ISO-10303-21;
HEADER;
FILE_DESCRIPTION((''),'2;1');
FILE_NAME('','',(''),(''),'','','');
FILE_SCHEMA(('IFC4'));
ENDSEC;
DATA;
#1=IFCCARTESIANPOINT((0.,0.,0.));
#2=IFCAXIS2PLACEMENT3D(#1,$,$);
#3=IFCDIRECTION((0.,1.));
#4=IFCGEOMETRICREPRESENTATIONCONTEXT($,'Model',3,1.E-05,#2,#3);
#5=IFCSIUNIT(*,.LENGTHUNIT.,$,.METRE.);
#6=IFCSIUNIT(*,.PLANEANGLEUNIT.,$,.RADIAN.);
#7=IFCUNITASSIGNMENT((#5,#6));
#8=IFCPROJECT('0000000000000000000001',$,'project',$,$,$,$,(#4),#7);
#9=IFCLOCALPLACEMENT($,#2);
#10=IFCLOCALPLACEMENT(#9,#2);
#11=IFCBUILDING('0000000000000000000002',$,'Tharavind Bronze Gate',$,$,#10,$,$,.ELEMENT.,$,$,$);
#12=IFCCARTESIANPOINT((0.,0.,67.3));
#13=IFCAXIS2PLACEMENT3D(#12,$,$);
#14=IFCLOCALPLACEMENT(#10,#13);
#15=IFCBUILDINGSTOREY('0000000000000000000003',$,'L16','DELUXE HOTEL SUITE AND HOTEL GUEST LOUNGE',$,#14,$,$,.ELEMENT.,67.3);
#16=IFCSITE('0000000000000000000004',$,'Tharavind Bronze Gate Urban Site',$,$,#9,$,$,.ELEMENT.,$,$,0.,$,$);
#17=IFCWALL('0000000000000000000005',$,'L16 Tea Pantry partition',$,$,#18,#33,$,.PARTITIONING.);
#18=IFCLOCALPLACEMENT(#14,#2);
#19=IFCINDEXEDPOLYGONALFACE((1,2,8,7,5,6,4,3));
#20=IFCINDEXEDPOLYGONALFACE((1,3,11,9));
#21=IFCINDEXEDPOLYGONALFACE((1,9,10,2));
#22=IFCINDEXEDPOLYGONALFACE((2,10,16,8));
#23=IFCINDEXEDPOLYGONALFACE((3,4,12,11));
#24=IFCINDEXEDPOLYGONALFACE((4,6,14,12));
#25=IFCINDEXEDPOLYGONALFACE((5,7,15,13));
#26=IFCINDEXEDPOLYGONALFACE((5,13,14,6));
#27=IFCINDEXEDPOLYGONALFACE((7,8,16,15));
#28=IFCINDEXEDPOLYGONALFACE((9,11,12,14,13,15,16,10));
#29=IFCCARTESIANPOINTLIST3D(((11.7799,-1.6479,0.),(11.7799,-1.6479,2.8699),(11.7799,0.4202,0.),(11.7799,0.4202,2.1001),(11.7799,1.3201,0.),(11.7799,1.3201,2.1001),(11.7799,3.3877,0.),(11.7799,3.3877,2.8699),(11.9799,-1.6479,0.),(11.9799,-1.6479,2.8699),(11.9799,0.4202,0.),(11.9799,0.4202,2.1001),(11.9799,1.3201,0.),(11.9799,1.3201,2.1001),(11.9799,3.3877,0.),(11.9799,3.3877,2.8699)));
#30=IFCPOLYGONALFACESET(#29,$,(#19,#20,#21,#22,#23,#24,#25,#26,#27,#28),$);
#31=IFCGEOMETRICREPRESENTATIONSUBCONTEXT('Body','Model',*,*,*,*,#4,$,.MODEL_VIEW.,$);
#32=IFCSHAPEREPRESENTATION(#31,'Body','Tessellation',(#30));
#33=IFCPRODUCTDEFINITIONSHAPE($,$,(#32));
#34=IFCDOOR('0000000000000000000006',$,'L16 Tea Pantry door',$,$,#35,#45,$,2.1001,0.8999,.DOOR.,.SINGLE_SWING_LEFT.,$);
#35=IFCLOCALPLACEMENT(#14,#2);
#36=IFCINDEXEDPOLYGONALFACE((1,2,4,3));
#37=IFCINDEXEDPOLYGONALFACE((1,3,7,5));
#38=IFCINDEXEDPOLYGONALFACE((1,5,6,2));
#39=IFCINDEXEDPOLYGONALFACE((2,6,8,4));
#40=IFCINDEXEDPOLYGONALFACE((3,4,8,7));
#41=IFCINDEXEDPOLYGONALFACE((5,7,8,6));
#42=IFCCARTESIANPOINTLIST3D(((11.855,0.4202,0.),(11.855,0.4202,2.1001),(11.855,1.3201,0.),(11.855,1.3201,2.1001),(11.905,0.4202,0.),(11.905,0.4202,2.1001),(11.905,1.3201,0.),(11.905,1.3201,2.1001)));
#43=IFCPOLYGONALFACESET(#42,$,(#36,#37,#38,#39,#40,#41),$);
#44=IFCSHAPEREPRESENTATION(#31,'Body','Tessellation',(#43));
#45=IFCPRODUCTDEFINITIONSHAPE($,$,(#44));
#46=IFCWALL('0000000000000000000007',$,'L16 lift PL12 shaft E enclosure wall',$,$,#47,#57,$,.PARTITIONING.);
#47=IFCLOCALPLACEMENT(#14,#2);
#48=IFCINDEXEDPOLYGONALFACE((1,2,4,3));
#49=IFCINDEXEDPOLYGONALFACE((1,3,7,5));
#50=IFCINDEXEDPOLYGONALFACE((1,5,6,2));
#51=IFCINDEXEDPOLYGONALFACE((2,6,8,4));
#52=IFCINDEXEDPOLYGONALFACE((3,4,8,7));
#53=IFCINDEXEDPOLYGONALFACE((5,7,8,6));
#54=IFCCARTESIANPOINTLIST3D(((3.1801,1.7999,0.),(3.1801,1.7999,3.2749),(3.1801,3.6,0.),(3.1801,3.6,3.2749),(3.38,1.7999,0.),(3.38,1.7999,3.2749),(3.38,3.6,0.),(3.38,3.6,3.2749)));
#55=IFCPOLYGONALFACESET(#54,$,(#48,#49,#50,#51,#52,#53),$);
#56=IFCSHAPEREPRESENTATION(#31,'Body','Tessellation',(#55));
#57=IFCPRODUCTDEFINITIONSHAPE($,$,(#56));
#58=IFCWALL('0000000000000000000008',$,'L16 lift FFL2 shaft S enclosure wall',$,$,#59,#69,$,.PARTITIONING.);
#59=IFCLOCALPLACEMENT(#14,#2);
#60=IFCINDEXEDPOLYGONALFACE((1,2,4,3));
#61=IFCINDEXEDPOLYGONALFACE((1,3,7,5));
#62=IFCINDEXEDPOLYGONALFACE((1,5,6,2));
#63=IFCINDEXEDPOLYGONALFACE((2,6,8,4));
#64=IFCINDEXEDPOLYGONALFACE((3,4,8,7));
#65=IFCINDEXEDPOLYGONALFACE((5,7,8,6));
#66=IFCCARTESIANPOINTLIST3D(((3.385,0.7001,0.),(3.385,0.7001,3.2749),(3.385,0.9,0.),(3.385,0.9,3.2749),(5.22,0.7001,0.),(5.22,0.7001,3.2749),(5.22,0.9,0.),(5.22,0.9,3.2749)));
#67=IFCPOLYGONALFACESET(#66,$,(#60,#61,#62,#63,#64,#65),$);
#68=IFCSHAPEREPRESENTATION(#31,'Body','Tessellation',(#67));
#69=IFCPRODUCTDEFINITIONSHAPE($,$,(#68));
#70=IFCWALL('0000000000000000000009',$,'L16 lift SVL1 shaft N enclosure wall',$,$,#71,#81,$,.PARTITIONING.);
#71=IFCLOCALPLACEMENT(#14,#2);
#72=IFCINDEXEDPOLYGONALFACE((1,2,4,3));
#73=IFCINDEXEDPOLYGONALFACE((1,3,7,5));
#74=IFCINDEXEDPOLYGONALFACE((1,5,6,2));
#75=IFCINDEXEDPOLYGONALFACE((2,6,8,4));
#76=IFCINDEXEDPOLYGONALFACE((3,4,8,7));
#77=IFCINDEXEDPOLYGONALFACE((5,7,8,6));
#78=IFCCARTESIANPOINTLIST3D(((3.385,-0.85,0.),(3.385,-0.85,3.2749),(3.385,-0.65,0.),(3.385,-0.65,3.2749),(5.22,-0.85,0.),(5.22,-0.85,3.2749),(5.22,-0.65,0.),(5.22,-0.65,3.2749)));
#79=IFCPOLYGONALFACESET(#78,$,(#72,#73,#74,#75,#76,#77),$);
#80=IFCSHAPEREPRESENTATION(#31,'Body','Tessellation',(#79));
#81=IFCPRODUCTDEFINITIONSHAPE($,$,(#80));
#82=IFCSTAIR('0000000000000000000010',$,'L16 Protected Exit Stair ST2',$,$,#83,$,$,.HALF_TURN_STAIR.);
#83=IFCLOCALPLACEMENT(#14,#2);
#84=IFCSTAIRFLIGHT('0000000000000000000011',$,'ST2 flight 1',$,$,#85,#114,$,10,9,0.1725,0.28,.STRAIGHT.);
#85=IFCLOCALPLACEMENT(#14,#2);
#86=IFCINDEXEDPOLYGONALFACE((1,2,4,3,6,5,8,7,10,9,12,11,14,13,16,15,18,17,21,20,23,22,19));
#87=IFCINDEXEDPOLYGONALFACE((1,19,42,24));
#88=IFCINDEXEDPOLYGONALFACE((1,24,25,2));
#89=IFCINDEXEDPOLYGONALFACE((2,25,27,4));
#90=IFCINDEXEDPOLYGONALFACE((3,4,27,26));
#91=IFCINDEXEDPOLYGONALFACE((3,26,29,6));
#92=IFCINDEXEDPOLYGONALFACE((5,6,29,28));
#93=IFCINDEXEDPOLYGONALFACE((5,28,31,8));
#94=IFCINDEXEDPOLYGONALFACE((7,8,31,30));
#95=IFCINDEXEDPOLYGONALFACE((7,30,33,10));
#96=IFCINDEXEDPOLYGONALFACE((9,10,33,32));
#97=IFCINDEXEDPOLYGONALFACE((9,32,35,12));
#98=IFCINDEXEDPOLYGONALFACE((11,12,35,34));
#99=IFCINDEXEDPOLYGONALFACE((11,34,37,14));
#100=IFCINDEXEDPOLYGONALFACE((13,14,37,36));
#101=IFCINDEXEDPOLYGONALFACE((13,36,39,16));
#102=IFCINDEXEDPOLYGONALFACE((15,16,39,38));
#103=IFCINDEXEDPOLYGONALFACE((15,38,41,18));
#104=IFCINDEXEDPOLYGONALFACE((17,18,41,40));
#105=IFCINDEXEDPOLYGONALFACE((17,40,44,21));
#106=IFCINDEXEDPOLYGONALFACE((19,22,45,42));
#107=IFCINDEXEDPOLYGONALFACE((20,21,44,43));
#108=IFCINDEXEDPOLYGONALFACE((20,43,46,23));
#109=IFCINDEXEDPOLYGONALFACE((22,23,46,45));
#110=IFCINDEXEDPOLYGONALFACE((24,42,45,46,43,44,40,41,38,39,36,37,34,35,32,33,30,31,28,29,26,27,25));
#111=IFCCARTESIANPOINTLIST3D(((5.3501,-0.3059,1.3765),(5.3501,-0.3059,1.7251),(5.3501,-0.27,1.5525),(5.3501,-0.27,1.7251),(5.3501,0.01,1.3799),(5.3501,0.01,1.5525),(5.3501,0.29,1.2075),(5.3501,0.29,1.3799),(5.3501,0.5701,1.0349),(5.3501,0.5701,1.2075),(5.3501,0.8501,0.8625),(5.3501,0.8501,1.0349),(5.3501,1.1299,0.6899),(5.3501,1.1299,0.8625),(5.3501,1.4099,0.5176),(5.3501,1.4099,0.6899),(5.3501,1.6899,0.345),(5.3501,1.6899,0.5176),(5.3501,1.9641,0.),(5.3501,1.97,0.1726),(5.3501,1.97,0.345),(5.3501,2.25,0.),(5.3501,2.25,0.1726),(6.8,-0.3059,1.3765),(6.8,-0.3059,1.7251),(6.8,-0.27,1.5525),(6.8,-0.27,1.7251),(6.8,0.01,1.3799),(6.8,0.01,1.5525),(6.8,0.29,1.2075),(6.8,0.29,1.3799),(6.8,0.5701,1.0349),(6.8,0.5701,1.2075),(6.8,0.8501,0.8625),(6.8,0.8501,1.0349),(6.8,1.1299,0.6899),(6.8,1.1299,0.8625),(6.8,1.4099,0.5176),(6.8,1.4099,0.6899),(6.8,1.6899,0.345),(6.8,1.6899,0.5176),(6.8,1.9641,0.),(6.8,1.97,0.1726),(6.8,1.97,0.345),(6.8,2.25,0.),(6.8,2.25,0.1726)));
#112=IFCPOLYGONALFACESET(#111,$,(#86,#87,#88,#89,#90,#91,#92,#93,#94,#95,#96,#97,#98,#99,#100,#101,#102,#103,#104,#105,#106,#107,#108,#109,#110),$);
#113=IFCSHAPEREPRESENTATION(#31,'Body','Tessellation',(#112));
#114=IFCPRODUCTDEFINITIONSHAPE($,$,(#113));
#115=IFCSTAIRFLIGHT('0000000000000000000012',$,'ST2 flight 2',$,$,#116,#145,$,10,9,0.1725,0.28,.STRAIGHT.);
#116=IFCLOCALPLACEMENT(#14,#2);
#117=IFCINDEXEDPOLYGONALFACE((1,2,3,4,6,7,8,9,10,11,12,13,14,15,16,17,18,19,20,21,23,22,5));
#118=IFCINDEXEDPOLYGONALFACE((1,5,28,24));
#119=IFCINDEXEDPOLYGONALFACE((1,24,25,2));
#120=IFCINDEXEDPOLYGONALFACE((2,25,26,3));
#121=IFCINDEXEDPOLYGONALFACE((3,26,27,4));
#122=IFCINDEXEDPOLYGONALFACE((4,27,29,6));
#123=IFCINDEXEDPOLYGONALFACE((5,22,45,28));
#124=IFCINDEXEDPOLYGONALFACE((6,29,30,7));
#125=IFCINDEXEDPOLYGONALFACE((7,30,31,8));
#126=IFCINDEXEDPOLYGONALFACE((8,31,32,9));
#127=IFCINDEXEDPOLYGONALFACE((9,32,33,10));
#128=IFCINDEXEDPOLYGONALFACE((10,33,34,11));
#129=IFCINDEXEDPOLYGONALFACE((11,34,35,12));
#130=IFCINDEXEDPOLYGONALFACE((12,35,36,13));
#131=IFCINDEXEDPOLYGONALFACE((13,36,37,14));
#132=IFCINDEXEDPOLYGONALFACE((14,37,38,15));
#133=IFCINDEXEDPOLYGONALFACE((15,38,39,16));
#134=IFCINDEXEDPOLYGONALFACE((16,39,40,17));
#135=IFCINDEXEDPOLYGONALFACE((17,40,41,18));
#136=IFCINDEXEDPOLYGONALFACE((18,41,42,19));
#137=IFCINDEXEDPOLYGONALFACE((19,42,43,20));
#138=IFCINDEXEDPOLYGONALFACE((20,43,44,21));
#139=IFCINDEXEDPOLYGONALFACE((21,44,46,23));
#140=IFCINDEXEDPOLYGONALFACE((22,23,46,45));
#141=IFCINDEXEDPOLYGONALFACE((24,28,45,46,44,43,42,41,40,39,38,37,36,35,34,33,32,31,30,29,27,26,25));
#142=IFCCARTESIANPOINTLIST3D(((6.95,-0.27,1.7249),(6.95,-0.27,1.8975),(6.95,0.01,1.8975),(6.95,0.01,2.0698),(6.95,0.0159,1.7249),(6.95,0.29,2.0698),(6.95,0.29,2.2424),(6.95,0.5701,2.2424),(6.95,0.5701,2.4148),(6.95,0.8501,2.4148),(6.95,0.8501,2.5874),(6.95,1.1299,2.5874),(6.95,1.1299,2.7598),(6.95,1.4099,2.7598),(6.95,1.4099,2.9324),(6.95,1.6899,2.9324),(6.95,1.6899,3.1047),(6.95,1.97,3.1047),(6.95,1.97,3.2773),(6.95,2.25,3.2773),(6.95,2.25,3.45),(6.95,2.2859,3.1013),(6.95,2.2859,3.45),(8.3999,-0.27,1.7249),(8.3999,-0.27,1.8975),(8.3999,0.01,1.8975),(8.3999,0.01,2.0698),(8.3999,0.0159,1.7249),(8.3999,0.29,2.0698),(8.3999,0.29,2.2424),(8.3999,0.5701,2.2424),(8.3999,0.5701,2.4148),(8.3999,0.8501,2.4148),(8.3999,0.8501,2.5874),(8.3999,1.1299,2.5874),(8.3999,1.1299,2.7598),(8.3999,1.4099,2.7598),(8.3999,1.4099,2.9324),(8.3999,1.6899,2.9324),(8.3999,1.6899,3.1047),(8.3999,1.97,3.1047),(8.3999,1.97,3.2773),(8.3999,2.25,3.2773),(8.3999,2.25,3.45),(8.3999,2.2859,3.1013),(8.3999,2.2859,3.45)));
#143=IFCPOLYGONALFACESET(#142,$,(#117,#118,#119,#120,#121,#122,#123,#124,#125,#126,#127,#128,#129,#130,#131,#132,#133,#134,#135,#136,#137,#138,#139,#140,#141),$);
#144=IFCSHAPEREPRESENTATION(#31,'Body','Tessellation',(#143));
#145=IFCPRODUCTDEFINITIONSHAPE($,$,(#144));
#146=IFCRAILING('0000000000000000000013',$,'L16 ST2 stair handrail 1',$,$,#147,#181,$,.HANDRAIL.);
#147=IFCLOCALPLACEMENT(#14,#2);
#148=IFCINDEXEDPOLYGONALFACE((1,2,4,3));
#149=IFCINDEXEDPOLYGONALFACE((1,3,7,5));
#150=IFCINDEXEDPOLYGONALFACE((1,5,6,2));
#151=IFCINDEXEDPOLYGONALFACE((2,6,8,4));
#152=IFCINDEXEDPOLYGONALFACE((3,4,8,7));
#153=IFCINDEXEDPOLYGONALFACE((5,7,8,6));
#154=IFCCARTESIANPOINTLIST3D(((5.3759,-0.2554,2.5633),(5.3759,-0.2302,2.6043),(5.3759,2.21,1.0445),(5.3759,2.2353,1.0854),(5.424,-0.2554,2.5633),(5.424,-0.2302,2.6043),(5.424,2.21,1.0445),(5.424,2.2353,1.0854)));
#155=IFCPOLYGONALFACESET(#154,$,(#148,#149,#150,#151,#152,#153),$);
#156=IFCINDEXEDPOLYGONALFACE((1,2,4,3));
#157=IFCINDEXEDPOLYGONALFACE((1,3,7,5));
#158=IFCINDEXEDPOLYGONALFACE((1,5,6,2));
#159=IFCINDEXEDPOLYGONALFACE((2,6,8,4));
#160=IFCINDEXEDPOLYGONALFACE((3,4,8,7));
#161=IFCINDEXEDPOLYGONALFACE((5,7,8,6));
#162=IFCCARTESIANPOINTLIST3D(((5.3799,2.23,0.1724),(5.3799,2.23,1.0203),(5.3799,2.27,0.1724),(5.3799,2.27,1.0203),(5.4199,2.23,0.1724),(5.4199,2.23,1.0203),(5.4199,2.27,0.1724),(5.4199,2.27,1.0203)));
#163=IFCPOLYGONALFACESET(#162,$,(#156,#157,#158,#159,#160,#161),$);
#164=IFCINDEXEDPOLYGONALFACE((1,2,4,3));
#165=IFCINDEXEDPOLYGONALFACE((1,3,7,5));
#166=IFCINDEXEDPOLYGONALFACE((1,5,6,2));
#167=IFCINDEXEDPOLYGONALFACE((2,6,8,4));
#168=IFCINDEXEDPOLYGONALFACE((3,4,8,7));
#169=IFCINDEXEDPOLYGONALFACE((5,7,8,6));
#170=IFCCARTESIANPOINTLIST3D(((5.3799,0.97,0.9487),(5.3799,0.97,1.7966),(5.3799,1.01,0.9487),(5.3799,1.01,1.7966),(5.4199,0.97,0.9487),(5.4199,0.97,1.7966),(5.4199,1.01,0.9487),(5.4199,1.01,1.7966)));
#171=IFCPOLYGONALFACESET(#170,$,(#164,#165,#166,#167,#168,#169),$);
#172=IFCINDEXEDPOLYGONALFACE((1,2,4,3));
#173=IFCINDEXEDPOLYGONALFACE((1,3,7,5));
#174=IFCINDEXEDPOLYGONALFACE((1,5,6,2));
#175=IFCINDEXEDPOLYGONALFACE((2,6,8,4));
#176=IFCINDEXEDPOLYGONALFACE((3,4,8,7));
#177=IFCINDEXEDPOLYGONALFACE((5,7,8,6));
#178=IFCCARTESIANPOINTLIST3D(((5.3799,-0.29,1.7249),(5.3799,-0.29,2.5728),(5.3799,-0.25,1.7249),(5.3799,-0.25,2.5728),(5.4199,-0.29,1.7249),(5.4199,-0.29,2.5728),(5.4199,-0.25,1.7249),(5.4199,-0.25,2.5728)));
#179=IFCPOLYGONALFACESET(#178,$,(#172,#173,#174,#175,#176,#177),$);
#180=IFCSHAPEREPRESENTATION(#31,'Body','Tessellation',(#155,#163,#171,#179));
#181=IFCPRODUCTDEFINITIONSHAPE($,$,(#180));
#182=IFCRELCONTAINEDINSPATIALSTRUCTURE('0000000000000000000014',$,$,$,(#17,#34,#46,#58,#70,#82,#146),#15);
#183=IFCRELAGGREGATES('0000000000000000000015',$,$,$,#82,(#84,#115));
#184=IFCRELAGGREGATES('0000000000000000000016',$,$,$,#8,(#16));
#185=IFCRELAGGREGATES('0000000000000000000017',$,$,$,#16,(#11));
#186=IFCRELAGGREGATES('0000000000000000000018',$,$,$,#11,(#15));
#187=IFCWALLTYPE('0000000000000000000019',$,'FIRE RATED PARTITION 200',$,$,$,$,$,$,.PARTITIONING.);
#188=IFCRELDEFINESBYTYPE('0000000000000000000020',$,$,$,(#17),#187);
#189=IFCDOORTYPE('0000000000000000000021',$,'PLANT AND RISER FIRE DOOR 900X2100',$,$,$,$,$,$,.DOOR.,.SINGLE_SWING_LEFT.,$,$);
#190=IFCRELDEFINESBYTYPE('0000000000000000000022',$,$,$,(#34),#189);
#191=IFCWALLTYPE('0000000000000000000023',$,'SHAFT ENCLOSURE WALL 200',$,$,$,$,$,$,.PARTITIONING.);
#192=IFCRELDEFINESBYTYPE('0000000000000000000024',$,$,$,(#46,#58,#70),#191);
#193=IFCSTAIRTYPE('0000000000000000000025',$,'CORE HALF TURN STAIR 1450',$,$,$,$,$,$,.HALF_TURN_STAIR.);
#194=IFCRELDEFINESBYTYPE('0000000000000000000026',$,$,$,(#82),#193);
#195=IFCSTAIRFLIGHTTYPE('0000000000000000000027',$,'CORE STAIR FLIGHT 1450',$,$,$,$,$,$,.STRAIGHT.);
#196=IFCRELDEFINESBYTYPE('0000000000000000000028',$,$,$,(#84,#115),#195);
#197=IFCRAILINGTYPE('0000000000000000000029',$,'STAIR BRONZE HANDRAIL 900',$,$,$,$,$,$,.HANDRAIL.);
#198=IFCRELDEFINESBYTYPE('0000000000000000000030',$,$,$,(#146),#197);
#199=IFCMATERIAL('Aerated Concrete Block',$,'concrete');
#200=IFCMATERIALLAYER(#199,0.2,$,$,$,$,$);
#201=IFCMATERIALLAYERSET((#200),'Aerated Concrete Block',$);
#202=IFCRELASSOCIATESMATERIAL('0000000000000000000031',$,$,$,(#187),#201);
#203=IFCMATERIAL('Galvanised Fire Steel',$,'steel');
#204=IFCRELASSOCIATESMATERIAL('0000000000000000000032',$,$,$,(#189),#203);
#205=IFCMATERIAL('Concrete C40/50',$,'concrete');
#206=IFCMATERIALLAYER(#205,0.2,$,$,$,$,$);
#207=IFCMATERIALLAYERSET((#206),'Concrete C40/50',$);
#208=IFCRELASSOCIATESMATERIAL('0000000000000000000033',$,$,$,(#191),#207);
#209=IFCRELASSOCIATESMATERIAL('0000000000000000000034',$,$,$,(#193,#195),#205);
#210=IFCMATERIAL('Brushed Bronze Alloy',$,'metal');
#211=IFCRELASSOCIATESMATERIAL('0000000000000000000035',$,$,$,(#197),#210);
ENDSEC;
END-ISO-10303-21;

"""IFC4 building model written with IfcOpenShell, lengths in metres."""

from ifc_helpers import new_model, si_unit, direction, frame, frame_2d, origin, origin_2d, place, context, subcontext, project, spatial, polyline, rectangle, outline, extrude, material, layer, layer_set, type_object, element, fill, aggregate, save


model = new_model("IFC4")

# Units and contexts
model_context = context("Model", 3, precision=1e-05, world=origin(), true_north=direction((0.0, 1.0)))
body_context = subcontext(model_context, "Body", "Model", "MODEL_VIEW")
ifc_project = project(units=[si_unit("LENGTHUNIT", "METRE"), si_unit("PLANEANGLEUNIT", "RADIAN")], contexts=[model_context])

# Site, building, storey
site_placement = place(None, origin())
site = spatial("IfcSite", under=ifc_project, at=site_placement, Name="Tharavind Bronze Gate Urban Site", CompositionType="ELEMENT", RefElevation=0.0)
building_placement = place(site_placement, origin())
building = spatial("IfcBuilding", under=site, at=building_placement, Name="Tharavind Bronze Gate", CompositionType="ELEMENT")
storey_placement = place(building_placement, frame((0.0, 0.0, 67.3)))
storey = spatial("IfcBuildingStorey", under=building, at=storey_placement, Name="L16", Description="DELUXE HOTEL SUITE AND HOTEL GUEST LOUNGE", CompositionType="ELEMENT", Elevation=67.3)

# Shared definitions
ifc_material_1 = material(Name="Aerated Concrete Block", Category="concrete")
ifc_layer_1 = layer(ifc_material_1, 0.2)
ifc_layer_set_1 = layer_set([ifc_layer_1], Name="Aerated Concrete Block")
wall_type_1 = type_object("IfcWallType", Name="FIRE RATED PARTITION 200", PredefinedType="PARTITIONING", material=ifc_layer_set_1)

# Wall, opening, door
wall_1_placement = place(storey_placement, frame((11.8799, -1.6479, 0.0), z_axis=(0.0, 0.0, 1.0), x_axis=(0.0, 1.0, 0.0)))
wall_1 = element("IfcWall", 1, at=wall_1_placement, inside=storey, type_object=wall_type_1, Name="L16 Tea Pantry partition", PredefinedType="PARTITIONING", context=body_context, shape_type="SweptSolid", body=[
    extrude(rectangle(XDim=5.0356, YDim=0.2, at=frame_2d((2.5178, 0.0))), origin(), (0.0, 0.0, 1.0), 2.8699),
])
opening_1_placement = place(wall_1_placement, frame((2.0681, 0.0, 0.0)))
opening_1 = element("IfcOpeningElement", 2, at=opening_1_placement, cuts=wall_1, PredefinedType="OPENING", context=body_context, shape_type="SweptSolid", body=[
    extrude(rectangle(XDim=0.8999, YDim=2.1001, at=frame_2d((0.45, 1.05))), frame((0.0, 0.1101, 0.0), z_axis=(0.0, -1.0, 0.0), x_axis=(1.0, 0.0, 0.0)), (0.0, 0.0, 1.0), 0.22),
])
ifc_material_2 = material(Name="Galvanised Fire Steel", Category="steel")
door_type_1 = type_object("IfcDoorType", Name="PLANT AND RISER FIRE DOOR 900X2100", OperationType="SINGLE_SWING_LEFT", PredefinedType="DOOR", material=ifc_material_2)
door_1_placement = place(opening_1_placement, origin())
door_1 = element("IfcDoor", 3, at=door_1_placement, inside=storey, type_object=door_type_1, Name="L16 Tea Pantry door", OperationType="SINGLE_SWING_LEFT", OverallHeight=2.1001, OverallWidth=0.8999, PredefinedType="DOOR", context=body_context, shape_type="SweptSolid", body=[
    extrude(rectangle(XDim=0.8999, YDim=2.1001, at=frame_2d((0.45, 1.05))), frame((0.0, 0.0249, 0.0), z_axis=(0.0, -1.0, 0.0), x_axis=(1.0, 0.0, 0.0)), (0.0, 0.0, 1.0), 0.05),
])
fill(opening_1, door_1)

# Walls
ifc_material_3 = material(Name="Concrete C40/50", Category="concrete")
ifc_layer_2 = layer(ifc_material_3, 0.2)
ifc_layer_set_2 = layer_set([ifc_layer_2], Name="Concrete C40/50")
wall_type_2 = type_object("IfcWallType", Name="SHAFT ENCLOSURE WALL 200", PredefinedType="PARTITIONING", material=ifc_layer_set_2)
wall_2_placement = place(storey_placement, frame((3.28, 1.8, 0.0), z_axis=(0.0, 0.0, 1.0), x_axis=(0.0, 1.0, 0.0)))
element("IfcWall", 4, at=wall_2_placement, inside=storey, type_object=wall_type_2, Name="L16 lift PL12 shaft E enclosure wall", PredefinedType="PARTITIONING", context=body_context, shape_type="SweptSolid", body=[
    extrude(rectangle(XDim=1.8, YDim=0.2, at=frame_2d((0.8999, 0.0))), origin(), (0.0, 0.0, 1.0), 3.2749),
])
for number, where, z_axis, x_axis, name in (
    (5, (3.385, 0.8, 0.0), (0.0, 0.0, 1.0), (1.0, 0.0, 0.0), "L16 lift FFL2 shaft S enclosure wall"),
    (6, (3.385, -0.75, 0.0), (0.0, 0.0, 1.0), (1.0, 0.0, 0.0), "L16 lift SVL1 shaft N enclosure wall"),
):
    element("IfcWall", number, at=place(storey_placement, frame(where, z_axis=z_axis, x_axis=x_axis)), inside=storey, type_object=wall_type_2, Name=name, PredefinedType="PARTITIONING", context=body_context, shape_type="SweptSolid", body=[
        extrude(rectangle(XDim=1.835, YDim=0.2, at=frame_2d((0.9175, 0.0))), origin(), (0.0, 0.0, 1.0), 3.2749),
    ])

# Stair, stair flights
stair_type = type_object("IfcStairType", Name="CORE HALF TURN STAIR 1450", PredefinedType="HALF_TURN_STAIR", material=ifc_material_3)
stair_placement = place(storey_placement, origin())
stair = element("IfcStair", 7, at=stair_placement, inside=storey, type_object=stair_type, Name="L16 Protected Exit Stair ST2", PredefinedType="HALF_TURN_STAIR")
stair_flight_type = type_object("IfcStairFlightType", Name="CORE STAIR FLIGHT 1450", PredefinedType="STRAIGHT", material=ifc_material_3)
stair_flight_1_placement = place(storey_placement, frame((6.075, 2.25, 0.0), z_axis=(0.0, 0.0, 1.0), x_axis=(0.0, -1.0, 0.0)))
stair_flight_1 = element("IfcStairFlight", 8, at=stair_flight_1_placement, type_object=stair_flight_type, Name="ST2 flight 1", NumberOfRisers=10, NumberOfTreads=9, PredefinedType="STRAIGHT", RiserHeight=0.1725, TreadLength=0.28, context=body_context, shape_type="SweptSolid", body=[
    extrude(outline(polyline([(0.0, 0.0), (0.0, 0.1726), (0.28, 0.1726), (0.28, 0.345), (0.5601, 0.345), (0.5601, 0.5176), (0.8401, 0.5176), (0.8401, 0.6899), (1.1201, 0.6899), (1.1201, 0.8625), (1.3999, 0.8625), (1.3999, 1.0349), (1.6799, 1.0349), (1.6799, 1.2075), (1.96, 1.2075), (1.96, 1.3799), (2.24, 1.3799), (2.24, 1.5525), (2.52, 1.5525), (2.52, 1.7251), (2.5559, 1.7251), (2.5559, 1.3765), (0.2859, 0.0), (0.0, 0.0)])), frame((0.0, 0.7251, 0.0), z_axis=(0.0, -1.0, 0.0), x_axis=(1.0, 0.0, 0.0)), (0.0, 0.0, 1.0), 1.45),
])
stair_flight_2_placement = place(storey_placement, frame((7.675, -0.27, 1.7249), z_axis=(0.0, 0.0, 1.0), x_axis=(0.0, 1.0, 0.0)))
stair_flight_2 = element("IfcStairFlight", 9, at=stair_flight_2_placement, type_object=stair_flight_type, Name="ST2 flight 2", NumberOfRisers=10, NumberOfTreads=9, PredefinedType="STRAIGHT", RiserHeight=0.1725, TreadLength=0.28, context=body_context, shape_type="SweptSolid", body=[
    extrude(outline(polyline([(0.0, 0.0), (0.0, 0.1726), (0.28, 0.1726), (0.28, 0.345), (0.5601, 0.345), (0.5601, 0.5176), (0.8401, 0.5176), (0.8401, 0.6899), (1.1201, 0.6899), (1.1201, 0.8625), (1.3999, 0.8625), (1.3999, 1.0349), (1.6799, 1.0349), (1.6799, 1.2075), (1.96, 1.2075), (1.96, 1.3799), (2.24, 1.3799), (2.24, 1.5525), (2.52, 1.5525), (2.52, 1.7251), (2.5559, 1.7251), (2.5559, 1.3765), (0.2859, 0.0), (0.0, 0.0)])), frame((0.0, 0.7251, 0.0), z_axis=(0.0, -1.0, 0.0), x_axis=(1.0, 0.0, 0.0)), (0.0, 0.0, 1.0), 1.45),
])
aggregate(stair, [stair_flight_1, stair_flight_2])

# Railing
ifc_material_4 = material(Name="Brushed Bronze Alloy", Category="metal")
railing_type_1 = type_object("IfcRailingType", Name="STAIR BRONZE HANDRAIL 900", PredefinedType="HANDRAIL", material=ifc_material_4)
railing_1_placement = place(storey_placement, frame((5.3999, 2.25, 0.1724)))
element("IfcRailing", 10, at=railing_1_placement, inside=storey, type_object=railing_type_1, Name="L16 ST2 stair handrail 1", PredefinedType="HANDRAIL", context=body_context, shape_type="SweptSolid", body=[
    extrude(rectangle(XDim=0.0481, YDim=0.0481, at=origin_2d()), frame((0.0, -0.0273, 0.8926), z_axis=(0.0, -0.8514, 0.524516), x_axis=(1.0, 0.0, 0.0)), (0.0, 0.0, 1.0), 2.8958),
    extrude(rectangle(XDim=0.04, YDim=0.04, at=origin_2d()), origin(), (0.0, 0.0, 1.0), 0.8479),
    extrude(rectangle(XDim=0.04, YDim=0.04, at=origin_2d()), frame((0.0, -1.26, 0.7764)), (0.0, 0.0, 1.0), 0.8479),
    extrude(rectangle(XDim=0.04, YDim=0.04, at=origin_2d()), frame((0.0, -2.52, 1.5525)), (0.0, 0.0, 1.0), 0.8479),
])

save(model, "model.ifc")
